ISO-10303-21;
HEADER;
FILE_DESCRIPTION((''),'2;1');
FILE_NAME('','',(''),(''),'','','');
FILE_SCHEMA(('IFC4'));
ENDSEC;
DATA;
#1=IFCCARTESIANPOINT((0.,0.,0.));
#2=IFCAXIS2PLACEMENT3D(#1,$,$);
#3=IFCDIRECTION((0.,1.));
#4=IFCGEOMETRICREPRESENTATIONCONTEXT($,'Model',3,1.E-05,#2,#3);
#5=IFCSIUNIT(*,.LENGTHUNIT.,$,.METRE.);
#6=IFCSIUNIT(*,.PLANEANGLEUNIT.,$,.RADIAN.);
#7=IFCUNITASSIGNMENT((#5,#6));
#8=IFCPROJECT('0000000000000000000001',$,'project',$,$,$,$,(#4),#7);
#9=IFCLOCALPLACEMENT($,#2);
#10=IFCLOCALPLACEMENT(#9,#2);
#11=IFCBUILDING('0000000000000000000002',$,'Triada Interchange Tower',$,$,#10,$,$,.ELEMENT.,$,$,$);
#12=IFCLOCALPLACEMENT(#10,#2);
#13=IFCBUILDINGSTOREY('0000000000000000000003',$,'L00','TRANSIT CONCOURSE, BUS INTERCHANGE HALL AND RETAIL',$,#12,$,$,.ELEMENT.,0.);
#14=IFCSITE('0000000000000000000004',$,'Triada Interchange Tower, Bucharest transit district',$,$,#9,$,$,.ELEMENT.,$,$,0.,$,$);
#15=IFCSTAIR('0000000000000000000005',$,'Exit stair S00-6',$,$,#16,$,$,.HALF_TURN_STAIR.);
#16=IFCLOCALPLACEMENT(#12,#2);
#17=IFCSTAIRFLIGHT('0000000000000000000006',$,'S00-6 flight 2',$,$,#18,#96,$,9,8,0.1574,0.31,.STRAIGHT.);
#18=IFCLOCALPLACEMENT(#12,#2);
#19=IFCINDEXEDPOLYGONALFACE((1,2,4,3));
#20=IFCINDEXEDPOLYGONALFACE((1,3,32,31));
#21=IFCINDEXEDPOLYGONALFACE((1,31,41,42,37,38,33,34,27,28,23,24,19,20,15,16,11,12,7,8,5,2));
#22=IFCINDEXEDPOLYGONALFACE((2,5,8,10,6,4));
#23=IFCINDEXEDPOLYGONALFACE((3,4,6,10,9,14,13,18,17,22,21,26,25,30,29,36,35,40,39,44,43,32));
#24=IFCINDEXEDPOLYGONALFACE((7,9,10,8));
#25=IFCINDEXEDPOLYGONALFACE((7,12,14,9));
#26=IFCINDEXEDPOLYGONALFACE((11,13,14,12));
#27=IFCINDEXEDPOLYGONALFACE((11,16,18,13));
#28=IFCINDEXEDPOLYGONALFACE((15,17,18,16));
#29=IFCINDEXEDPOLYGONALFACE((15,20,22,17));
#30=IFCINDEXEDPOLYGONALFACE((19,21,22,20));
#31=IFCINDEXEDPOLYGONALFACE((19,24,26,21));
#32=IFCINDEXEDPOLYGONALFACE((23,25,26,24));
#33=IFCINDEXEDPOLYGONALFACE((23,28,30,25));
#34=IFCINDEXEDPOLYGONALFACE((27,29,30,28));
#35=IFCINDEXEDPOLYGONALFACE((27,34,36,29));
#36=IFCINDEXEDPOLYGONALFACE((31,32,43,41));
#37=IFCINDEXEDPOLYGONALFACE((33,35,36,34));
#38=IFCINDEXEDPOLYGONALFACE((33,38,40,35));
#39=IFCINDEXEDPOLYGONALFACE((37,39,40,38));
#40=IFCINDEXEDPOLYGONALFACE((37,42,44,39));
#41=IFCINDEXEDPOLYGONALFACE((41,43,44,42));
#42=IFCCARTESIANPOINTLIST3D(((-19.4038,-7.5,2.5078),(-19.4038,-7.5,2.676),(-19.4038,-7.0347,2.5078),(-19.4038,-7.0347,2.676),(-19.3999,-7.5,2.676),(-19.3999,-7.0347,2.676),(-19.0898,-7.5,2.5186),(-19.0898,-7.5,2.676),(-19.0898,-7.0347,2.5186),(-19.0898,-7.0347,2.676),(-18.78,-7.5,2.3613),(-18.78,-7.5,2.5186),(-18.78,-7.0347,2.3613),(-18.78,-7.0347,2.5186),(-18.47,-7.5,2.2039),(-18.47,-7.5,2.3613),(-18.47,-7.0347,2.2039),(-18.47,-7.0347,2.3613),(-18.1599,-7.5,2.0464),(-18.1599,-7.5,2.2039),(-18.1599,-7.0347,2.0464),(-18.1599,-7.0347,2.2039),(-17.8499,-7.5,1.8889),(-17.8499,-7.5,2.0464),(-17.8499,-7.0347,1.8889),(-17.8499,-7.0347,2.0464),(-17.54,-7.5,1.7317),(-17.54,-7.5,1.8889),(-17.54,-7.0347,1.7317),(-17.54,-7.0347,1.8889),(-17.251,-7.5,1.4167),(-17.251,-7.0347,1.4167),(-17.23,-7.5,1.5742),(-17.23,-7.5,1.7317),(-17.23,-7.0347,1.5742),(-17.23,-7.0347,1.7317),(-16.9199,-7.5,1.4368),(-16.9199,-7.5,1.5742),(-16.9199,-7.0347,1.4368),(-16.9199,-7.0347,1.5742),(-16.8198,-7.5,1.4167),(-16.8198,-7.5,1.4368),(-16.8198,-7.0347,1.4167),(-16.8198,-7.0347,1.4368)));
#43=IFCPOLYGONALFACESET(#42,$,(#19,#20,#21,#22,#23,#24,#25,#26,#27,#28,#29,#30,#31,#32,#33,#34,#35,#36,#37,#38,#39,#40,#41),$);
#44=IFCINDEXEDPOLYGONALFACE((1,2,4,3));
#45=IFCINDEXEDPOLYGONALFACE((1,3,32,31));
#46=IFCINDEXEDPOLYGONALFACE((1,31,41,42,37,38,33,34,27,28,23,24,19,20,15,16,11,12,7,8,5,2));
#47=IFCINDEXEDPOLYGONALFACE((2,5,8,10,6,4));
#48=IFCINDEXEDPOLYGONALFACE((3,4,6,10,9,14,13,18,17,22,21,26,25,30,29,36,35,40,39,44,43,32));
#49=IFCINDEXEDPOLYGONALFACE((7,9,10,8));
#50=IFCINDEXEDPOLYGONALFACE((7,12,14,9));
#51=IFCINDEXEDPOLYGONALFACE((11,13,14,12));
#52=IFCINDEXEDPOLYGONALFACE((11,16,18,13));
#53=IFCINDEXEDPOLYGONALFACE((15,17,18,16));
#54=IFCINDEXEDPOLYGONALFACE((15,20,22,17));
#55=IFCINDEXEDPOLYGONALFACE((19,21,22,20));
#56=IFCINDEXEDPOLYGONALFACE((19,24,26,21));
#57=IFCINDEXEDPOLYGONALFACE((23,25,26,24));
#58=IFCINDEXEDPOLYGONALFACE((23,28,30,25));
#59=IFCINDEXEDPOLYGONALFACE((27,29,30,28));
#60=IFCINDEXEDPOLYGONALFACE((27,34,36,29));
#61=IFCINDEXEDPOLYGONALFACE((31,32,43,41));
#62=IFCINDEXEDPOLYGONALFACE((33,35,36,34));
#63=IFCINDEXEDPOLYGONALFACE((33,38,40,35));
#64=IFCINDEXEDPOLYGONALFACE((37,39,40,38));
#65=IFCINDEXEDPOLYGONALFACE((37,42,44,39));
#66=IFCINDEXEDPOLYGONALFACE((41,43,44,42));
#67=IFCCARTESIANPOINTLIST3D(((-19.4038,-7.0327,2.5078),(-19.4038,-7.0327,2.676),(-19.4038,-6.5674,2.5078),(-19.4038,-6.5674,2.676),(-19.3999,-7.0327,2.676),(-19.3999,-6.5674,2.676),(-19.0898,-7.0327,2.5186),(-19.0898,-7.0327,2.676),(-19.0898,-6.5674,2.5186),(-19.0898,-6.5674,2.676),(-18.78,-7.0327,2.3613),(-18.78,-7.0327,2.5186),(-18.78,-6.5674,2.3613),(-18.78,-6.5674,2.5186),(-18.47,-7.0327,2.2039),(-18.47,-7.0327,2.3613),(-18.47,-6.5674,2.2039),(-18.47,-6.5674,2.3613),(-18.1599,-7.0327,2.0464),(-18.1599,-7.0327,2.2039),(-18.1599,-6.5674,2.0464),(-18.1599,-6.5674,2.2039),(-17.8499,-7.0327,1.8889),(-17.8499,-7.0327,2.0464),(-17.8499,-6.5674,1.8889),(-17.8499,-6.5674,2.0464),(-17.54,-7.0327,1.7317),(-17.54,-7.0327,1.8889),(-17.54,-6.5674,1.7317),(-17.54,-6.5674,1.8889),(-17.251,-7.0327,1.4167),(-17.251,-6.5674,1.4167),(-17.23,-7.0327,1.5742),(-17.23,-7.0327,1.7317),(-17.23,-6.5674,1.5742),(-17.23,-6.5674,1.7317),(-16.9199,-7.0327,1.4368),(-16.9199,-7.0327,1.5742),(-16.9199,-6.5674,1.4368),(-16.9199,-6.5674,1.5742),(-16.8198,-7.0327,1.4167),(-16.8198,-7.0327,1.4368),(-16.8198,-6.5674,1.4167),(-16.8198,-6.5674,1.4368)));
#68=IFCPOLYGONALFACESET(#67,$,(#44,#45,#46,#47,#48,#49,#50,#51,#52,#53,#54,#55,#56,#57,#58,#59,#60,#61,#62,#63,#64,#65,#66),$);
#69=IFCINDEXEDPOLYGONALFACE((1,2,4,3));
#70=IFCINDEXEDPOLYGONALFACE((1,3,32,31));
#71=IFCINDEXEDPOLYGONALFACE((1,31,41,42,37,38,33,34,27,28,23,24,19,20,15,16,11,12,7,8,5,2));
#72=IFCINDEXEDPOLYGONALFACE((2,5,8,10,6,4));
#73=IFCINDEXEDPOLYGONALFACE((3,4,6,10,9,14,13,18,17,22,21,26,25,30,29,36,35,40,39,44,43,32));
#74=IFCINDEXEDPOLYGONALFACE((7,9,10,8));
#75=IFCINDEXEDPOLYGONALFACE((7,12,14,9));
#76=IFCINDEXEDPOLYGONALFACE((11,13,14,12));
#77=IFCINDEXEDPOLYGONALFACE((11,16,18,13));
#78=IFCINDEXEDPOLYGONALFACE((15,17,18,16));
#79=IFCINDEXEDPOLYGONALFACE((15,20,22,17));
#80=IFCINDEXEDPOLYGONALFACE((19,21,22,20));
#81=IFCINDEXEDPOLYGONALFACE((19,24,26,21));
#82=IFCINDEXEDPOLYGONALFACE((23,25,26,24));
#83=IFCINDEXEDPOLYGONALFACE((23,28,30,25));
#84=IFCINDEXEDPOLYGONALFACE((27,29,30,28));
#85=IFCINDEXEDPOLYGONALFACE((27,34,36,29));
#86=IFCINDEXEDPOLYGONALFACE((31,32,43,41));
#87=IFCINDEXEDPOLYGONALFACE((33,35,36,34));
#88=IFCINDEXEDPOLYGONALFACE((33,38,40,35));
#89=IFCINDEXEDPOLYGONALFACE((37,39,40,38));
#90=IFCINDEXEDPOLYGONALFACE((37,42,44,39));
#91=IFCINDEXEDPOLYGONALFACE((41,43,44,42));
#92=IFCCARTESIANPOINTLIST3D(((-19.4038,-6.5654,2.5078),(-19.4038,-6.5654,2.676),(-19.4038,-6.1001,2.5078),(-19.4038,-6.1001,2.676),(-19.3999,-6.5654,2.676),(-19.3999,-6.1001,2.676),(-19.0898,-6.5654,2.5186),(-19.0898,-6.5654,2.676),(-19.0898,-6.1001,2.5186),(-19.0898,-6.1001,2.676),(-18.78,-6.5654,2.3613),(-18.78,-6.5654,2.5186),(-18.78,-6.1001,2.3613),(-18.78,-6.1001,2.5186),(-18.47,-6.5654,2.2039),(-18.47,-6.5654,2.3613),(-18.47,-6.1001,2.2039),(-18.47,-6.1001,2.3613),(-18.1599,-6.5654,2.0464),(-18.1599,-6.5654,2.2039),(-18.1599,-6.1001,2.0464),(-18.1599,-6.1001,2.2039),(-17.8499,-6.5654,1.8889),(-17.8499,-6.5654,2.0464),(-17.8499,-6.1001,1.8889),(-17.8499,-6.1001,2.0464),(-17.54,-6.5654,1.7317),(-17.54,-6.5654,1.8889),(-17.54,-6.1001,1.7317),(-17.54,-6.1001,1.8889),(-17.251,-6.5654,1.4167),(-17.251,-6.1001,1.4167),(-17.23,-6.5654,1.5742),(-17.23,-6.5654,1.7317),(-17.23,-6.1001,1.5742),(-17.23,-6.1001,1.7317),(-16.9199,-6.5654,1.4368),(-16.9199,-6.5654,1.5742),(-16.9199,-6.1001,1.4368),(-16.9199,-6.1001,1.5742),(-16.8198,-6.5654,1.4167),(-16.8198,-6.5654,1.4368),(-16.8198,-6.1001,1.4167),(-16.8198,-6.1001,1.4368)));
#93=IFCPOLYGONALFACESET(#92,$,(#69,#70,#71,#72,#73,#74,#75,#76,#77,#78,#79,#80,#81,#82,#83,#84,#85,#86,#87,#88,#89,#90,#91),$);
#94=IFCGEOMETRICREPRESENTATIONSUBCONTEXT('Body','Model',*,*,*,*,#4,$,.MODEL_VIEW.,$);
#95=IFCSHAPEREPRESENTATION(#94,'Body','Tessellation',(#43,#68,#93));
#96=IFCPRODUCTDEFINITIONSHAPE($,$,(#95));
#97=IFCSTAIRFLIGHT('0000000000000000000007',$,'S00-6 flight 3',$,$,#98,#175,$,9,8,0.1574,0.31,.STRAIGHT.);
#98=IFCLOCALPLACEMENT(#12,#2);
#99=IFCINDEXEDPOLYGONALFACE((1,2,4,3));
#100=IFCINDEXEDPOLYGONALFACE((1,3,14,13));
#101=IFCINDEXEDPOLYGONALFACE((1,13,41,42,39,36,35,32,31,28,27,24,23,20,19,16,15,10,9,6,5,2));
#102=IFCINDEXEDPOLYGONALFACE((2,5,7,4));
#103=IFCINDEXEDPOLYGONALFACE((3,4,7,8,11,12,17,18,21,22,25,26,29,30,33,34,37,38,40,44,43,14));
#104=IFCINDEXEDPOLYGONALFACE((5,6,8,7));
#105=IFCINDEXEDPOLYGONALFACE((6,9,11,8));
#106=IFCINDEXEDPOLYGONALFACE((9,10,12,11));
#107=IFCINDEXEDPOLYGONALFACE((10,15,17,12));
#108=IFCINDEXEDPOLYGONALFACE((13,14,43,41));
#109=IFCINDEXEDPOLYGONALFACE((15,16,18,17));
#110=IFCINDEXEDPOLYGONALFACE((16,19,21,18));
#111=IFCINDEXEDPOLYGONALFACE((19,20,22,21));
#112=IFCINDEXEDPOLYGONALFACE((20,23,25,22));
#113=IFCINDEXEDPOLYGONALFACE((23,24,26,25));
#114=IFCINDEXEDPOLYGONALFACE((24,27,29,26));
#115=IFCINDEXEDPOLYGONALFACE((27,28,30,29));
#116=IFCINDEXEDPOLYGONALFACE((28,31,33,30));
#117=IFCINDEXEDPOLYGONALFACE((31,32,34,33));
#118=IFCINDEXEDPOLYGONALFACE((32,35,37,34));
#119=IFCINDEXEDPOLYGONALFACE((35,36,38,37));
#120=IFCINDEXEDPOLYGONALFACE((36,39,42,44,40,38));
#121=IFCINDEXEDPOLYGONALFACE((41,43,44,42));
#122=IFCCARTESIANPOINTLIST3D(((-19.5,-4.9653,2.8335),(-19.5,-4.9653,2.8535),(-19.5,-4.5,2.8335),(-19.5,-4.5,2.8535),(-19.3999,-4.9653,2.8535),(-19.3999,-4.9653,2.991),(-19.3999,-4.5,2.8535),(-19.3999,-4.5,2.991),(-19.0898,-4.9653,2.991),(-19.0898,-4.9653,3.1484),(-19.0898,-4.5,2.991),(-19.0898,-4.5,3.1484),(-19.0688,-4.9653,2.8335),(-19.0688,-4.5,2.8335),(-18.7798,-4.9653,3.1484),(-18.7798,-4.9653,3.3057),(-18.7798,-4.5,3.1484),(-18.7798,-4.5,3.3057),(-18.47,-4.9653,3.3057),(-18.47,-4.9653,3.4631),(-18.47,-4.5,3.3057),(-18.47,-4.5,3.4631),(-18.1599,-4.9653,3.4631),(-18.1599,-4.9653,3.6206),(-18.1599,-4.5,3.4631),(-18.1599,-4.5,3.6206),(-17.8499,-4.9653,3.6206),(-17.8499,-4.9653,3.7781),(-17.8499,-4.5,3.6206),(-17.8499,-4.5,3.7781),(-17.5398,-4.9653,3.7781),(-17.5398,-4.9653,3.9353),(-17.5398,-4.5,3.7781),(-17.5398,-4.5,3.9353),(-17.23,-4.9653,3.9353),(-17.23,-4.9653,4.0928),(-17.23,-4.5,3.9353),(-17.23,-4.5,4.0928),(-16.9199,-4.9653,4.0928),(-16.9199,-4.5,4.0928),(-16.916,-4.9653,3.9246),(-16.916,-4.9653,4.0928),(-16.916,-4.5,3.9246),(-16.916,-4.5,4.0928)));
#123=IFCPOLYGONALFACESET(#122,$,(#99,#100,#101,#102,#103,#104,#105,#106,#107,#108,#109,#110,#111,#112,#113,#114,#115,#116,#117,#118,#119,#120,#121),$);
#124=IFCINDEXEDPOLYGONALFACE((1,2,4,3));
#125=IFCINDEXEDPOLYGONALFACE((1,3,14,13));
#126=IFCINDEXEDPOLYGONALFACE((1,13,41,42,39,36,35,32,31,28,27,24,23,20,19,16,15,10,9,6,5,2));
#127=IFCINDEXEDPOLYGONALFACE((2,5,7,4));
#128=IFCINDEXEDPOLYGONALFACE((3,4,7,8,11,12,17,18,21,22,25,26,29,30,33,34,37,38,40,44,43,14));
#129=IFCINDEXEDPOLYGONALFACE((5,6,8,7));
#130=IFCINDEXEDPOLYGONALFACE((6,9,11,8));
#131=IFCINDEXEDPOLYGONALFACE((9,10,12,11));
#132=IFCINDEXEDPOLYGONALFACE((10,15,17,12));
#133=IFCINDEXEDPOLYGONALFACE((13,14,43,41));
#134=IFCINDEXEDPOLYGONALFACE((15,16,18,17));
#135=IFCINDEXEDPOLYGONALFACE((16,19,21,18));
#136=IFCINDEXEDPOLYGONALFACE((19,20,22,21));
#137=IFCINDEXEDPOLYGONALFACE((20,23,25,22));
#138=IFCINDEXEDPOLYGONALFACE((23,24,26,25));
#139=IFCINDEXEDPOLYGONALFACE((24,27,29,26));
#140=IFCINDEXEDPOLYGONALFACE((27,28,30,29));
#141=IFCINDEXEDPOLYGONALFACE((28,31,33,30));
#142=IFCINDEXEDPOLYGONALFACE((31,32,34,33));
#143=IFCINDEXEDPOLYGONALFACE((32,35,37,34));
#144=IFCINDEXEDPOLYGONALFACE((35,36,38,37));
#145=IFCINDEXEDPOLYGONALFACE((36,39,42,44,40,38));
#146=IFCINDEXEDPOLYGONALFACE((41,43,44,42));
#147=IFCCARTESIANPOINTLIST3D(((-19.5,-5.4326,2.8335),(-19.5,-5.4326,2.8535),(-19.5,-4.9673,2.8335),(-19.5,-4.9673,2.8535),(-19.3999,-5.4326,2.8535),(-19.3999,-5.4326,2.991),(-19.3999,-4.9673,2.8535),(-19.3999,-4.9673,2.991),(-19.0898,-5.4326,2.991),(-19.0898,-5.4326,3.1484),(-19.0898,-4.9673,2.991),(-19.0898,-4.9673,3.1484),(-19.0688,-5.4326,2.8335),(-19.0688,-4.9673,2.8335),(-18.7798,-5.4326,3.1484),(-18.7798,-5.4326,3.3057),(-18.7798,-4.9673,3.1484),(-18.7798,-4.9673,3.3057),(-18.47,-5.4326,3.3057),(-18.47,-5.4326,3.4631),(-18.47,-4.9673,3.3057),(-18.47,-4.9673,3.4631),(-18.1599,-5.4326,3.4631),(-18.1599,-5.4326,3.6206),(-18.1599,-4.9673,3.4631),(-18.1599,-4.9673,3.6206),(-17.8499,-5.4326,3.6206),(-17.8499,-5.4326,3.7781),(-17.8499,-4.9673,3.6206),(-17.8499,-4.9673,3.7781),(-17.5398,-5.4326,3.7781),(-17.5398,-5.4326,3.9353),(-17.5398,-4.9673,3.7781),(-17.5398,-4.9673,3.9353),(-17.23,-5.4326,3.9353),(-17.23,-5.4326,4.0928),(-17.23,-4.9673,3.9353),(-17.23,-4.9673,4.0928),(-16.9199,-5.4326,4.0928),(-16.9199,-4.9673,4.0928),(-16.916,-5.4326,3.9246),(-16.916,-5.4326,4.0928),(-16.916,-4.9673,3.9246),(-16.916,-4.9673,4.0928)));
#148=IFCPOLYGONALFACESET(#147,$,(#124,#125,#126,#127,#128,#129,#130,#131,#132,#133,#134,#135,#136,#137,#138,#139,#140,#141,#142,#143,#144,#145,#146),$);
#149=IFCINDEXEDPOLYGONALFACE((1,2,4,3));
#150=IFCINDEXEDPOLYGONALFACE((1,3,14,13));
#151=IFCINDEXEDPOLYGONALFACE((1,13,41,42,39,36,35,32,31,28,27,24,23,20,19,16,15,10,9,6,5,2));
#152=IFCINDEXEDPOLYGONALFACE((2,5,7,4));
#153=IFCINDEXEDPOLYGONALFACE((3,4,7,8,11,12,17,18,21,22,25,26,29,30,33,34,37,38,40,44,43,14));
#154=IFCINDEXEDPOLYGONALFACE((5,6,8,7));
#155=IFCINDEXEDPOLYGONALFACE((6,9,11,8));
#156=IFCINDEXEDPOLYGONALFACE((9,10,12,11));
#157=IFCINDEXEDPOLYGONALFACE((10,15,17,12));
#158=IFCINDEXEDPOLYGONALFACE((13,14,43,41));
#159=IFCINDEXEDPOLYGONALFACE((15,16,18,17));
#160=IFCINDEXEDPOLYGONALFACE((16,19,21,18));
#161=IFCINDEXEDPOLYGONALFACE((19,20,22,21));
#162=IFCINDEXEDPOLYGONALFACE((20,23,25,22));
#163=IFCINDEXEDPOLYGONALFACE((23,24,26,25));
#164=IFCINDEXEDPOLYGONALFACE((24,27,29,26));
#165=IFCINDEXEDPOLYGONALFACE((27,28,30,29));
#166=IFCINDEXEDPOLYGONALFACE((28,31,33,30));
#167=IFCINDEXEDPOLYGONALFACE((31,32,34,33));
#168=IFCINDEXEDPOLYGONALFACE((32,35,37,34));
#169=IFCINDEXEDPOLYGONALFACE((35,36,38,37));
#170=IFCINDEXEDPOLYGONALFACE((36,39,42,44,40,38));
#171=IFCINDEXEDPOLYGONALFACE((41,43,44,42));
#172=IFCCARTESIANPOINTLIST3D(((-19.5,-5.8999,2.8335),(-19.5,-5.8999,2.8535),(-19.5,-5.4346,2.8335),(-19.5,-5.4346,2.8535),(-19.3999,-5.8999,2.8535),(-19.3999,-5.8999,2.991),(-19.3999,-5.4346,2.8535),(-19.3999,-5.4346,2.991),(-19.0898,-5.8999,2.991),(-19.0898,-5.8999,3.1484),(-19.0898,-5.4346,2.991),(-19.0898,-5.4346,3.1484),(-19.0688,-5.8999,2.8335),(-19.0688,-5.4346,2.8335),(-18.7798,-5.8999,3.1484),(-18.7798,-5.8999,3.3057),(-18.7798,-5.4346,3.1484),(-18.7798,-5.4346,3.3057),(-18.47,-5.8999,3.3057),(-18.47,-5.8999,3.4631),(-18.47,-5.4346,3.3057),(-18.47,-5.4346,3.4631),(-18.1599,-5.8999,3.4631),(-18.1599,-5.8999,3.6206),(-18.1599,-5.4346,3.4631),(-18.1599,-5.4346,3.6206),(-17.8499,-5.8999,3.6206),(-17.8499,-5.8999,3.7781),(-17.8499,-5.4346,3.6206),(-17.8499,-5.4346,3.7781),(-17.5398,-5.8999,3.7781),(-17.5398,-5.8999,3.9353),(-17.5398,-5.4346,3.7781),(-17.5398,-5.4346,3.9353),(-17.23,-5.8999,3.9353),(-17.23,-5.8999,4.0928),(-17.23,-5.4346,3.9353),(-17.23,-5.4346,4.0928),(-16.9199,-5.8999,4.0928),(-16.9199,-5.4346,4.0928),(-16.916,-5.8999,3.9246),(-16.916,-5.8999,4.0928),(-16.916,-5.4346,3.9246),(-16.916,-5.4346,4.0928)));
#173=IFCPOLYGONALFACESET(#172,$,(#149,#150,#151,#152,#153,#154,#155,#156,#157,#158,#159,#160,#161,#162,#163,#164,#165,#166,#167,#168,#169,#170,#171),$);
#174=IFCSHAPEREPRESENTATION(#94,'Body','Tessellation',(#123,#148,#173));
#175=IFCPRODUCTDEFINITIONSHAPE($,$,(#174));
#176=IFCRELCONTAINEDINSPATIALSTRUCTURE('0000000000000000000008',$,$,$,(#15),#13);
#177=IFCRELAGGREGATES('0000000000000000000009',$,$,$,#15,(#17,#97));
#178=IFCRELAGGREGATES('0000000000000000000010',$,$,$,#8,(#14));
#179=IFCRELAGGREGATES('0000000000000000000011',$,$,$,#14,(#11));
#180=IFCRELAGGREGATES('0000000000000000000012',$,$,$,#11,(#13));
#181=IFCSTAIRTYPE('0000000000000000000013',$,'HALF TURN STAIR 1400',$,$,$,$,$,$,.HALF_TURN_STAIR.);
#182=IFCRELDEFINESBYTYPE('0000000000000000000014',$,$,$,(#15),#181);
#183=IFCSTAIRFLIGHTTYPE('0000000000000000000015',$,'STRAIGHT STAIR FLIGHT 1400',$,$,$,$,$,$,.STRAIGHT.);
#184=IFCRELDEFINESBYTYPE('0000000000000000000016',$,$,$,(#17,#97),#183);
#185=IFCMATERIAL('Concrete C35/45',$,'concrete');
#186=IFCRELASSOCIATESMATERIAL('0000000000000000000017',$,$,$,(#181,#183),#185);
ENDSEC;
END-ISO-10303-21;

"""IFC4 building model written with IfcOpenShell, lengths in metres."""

from ifc_helpers import new_model, si_unit, direction, frame, origin, place, context, subcontext, project, spatial, polyline, outline, extrude, material, type_object, element, aggregate, save


model = new_model("IFC4")

# Units and contexts
model_context = context("Model", 3, precision=1e-05, world=origin(), true_north=direction((0.0, 1.0)))
body_context = subcontext(model_context, "Body", "Model", "MODEL_VIEW")
ifc_project = project(units=[si_unit("LENGTHUNIT", "METRE"), si_unit("PLANEANGLEUNIT", "RADIAN")], contexts=[model_context])

# Site, building, storey
site_placement = place(None, origin())
site = spatial("IfcSite", under=ifc_project, at=site_placement, Name="Triada Interchange Tower, Bucharest transit district", CompositionType="ELEMENT", RefElevation=0.0)
building_placement = place(site_placement, origin())
building = spatial("IfcBuilding", under=site, at=building_placement, Name="Triada Interchange Tower", CompositionType="ELEMENT")
storey_placement = place(building_placement, origin())
storey = spatial("IfcBuildingStorey", under=building, at=storey_placement, Name="L00", Description="TRANSIT CONCOURSE, BUS INTERCHANGE HALL AND RETAIL", CompositionType="ELEMENT", Elevation=0.0)

# Shared definitions
ifc_material_1 = material(Name="Concrete C35/45", Category="concrete")

# Stair, stair flights
stair_type = type_object("IfcStairType", Name="HALF TURN STAIR 1400", PredefinedType="HALF_TURN_STAIR", material=ifc_material_1)
stair_placement = place(storey_placement, origin())
stair = element("IfcStair", 1, at=stair_placement, inside=storey, type_object=stair_type, Name="Exit stair S00-6", PredefinedType="HALF_TURN_STAIR")
stair_flight_type = type_object("IfcStairFlightType", Name="STRAIGHT STAIR FLIGHT 1400", PredefinedType="STRAIGHT", material=ifc_material_1)
stair_flight_1_placement = place(storey_placement, frame((-16.9199, -6.8, 1.4167), z_axis=(0.0, 0.0, 1.0), x_axis=(-1.0, 0.0, 0.0)))
stair_flight_1 = element("IfcStairFlight", 2, at=stair_flight_1_placement, type_object=stair_flight_type, Name="S00-6 flight 2", NumberOfRisers=9, NumberOfTreads=8, PredefinedType="STRAIGHT", RiserHeight=0.1574, TreadLength=0.31, context=body_context, shape_type="SweptSolid", body=[
    extrude(outline(polyline([(-0.1001, 0.0), (-0.1001, 0.02), (0.0, 0.02), (0.0, 0.1575), (0.3101, 0.1575), (0.3101, 0.3149), (0.6201, 0.3149), (0.6201, 0.4722), (0.9299, 0.4722), (0.9299, 0.6296), (1.24, 0.6296), (1.24, 0.7871), (1.55, 0.7871), (1.55, 0.9446), (1.8601, 0.9446), (1.8601, 1.1018), (2.1699, 1.1018), (2.1699, 1.2593), (2.48, 1.2593), (2.4839, 1.2593), (2.4839, 1.4167), (2.4839, 1.0911), (0.3311, 0.0), (-0.1001, 0.0)])), frame((0.0, 0.7, 0.0), z_axis=(0.0, -1.0, 0.0), x_axis=(1.0, 0.0, 0.0)), (0.0, 0.0, 1.0), 0.4653),
    extrude(outline(polyline([(-0.1001, 0.0), (-0.1001, 0.02), (0.0, 0.02), (0.0, 0.1575), (0.3101, 0.1575), (0.3101, 0.3149), (0.6201, 0.3149), (0.6201, 0.4722), (0.9299, 0.4722), (0.9299, 0.6296), (1.24, 0.6296), (1.24, 0.7871), (1.55, 0.7871), (1.55, 0.9446), (1.8601, 0.9446), (1.8601, 1.1018), (2.1699, 1.1018), (2.1699, 1.2593), (2.48, 1.2593), (2.4839, 1.2593), (2.4839, 1.4167), (2.4839, 1.0911), (0.3311, 0.0), (-0.1001, 0.0)])), frame((0.0, 0.2327, 0.0), z_axis=(0.0, -1.0, 0.0), x_axis=(1.0, 0.0, 0.0)), (0.0, 0.0, 1.0), 0.4653),
    extrude(outline(polyline([(-0.1001, 0.0), (-0.1001, 0.02), (0.0, 0.02), (0.0, 0.1575), (0.3101, 0.1575), (0.3101, 0.3149), (0.6201, 0.3149), (0.6201, 0.4722), (0.9299, 0.4722), (0.9299, 0.6296), (1.24, 0.6296), (1.24, 0.7871), (1.55, 0.7871), (1.55, 0.9446), (1.8601, 0.9446), (1.8601, 1.1018), (2.1699, 1.1018), (2.1699, 1.2593), (2.48, 1.2593), (2.4839, 1.2593), (2.4839, 1.4167), (2.4839, 1.0911), (0.3311, 0.0), (-0.1001, 0.0)])), frame((0.0, -0.2346, 0.0), z_axis=(0.0, -1.0, 0.0), x_axis=(1.0, 0.0, 0.0)), (0.0, 0.0, 1.0), 0.4653),
])
stair_flight_2_placement = place(storey_placement, frame((-19.3999, -5.2, 2.8335), z_axis=(0.0, 0.0, 1.0), x_axis=(1.0, 0.0, 0.0)))
stair_flight_2 = element("IfcStairFlight", 3, at=stair_flight_2_placement, type_object=stair_flight_type, Name="S00-6 flight 3", NumberOfRisers=9, NumberOfTreads=8, PredefinedType="STRAIGHT", RiserHeight=0.1574, TreadLength=0.31, context=body_context, shape_type="SweptSolid", body=[
    extrude(outline(polyline([(-0.1001, 0.0), (-0.1001, 0.02), (0.0, 0.02), (0.0, 0.1575), (0.3101, 0.1575), (0.3101, 0.3149), (0.6201, 0.3149), (0.6201, 0.4722), (0.9299, 0.4722), (0.9299, 0.6296), (1.24, 0.6296), (1.24, 0.7871), (1.55, 0.7871), (1.55, 0.9446), (1.8601, 0.9446), (1.8601, 1.1018), (2.1699, 1.1018), (2.1699, 1.2593), (2.48, 1.2593), (2.4839, 1.2593), (2.4839, 1.4167), (2.4839, 1.0911), (0.3311, 0.0), (-0.1001, 0.0)])), frame((0.0, 0.7, 0.0), z_axis=(0.0, -1.0, 0.0), x_axis=(1.0, 0.0, 0.0)), (0.0, 0.0, 1.0), 0.4653),
    extrude(outline(polyline([(-0.1001, 0.0), (-0.1001, 0.02), (0.0, 0.02), (0.0, 0.1575), (0.3101, 0.1575), (0.3101, 0.3149), (0.6201, 0.3149), (0.6201, 0.4722), (0.9299, 0.4722), (0.9299, 0.6296), (1.24, 0.6296), (1.24, 0.7871), (1.55, 0.7871), (1.55, 0.9446), (1.8601, 0.9446), (1.8601, 1.1018), (2.1699, 1.1018), (2.1699, 1.2593), (2.48, 1.2593), (2.4839, 1.2593), (2.4839, 1.4167), (2.4839, 1.0911), (0.3311, 0.0), (-0.1001, 0.0)])), frame((0.0, 0.2327, 0.0), z_axis=(0.0, -1.0, 0.0), x_axis=(1.0, 0.0, 0.0)), (0.0, 0.0, 1.0), 0.4653),
    extrude(outline(polyline([(-0.1001, 0.0), (-0.1001, 0.02), (0.0, 0.02), (0.0, 0.1575), (0.3101, 0.1575), (0.3101, 0.3149), (0.6201, 0.3149), (0.6201, 0.4722), (0.9299, 0.4722), (0.9299, 0.6296), (1.24, 0.6296), (1.24, 0.7871), (1.55, 0.7871), (1.55, 0.9446), (1.8601, 0.9446), (1.8601, 1.1018), (2.1699, 1.1018), (2.1699, 1.2593), (2.48, 1.2593), (2.4839, 1.2593), (2.4839, 1.4167), (2.4839, 1.0911), (0.3311, 0.0), (-0.1001, 0.0)])), frame((0.0, -0.2346, 0.0), z_axis=(0.0, -1.0, 0.0), x_axis=(1.0, 0.0, 0.0)), (0.0, 0.0, 1.0), 0.4653),
])
aggregate(stair, [stair_flight_1, stair_flight_2])

save(model, "model.ifc")
